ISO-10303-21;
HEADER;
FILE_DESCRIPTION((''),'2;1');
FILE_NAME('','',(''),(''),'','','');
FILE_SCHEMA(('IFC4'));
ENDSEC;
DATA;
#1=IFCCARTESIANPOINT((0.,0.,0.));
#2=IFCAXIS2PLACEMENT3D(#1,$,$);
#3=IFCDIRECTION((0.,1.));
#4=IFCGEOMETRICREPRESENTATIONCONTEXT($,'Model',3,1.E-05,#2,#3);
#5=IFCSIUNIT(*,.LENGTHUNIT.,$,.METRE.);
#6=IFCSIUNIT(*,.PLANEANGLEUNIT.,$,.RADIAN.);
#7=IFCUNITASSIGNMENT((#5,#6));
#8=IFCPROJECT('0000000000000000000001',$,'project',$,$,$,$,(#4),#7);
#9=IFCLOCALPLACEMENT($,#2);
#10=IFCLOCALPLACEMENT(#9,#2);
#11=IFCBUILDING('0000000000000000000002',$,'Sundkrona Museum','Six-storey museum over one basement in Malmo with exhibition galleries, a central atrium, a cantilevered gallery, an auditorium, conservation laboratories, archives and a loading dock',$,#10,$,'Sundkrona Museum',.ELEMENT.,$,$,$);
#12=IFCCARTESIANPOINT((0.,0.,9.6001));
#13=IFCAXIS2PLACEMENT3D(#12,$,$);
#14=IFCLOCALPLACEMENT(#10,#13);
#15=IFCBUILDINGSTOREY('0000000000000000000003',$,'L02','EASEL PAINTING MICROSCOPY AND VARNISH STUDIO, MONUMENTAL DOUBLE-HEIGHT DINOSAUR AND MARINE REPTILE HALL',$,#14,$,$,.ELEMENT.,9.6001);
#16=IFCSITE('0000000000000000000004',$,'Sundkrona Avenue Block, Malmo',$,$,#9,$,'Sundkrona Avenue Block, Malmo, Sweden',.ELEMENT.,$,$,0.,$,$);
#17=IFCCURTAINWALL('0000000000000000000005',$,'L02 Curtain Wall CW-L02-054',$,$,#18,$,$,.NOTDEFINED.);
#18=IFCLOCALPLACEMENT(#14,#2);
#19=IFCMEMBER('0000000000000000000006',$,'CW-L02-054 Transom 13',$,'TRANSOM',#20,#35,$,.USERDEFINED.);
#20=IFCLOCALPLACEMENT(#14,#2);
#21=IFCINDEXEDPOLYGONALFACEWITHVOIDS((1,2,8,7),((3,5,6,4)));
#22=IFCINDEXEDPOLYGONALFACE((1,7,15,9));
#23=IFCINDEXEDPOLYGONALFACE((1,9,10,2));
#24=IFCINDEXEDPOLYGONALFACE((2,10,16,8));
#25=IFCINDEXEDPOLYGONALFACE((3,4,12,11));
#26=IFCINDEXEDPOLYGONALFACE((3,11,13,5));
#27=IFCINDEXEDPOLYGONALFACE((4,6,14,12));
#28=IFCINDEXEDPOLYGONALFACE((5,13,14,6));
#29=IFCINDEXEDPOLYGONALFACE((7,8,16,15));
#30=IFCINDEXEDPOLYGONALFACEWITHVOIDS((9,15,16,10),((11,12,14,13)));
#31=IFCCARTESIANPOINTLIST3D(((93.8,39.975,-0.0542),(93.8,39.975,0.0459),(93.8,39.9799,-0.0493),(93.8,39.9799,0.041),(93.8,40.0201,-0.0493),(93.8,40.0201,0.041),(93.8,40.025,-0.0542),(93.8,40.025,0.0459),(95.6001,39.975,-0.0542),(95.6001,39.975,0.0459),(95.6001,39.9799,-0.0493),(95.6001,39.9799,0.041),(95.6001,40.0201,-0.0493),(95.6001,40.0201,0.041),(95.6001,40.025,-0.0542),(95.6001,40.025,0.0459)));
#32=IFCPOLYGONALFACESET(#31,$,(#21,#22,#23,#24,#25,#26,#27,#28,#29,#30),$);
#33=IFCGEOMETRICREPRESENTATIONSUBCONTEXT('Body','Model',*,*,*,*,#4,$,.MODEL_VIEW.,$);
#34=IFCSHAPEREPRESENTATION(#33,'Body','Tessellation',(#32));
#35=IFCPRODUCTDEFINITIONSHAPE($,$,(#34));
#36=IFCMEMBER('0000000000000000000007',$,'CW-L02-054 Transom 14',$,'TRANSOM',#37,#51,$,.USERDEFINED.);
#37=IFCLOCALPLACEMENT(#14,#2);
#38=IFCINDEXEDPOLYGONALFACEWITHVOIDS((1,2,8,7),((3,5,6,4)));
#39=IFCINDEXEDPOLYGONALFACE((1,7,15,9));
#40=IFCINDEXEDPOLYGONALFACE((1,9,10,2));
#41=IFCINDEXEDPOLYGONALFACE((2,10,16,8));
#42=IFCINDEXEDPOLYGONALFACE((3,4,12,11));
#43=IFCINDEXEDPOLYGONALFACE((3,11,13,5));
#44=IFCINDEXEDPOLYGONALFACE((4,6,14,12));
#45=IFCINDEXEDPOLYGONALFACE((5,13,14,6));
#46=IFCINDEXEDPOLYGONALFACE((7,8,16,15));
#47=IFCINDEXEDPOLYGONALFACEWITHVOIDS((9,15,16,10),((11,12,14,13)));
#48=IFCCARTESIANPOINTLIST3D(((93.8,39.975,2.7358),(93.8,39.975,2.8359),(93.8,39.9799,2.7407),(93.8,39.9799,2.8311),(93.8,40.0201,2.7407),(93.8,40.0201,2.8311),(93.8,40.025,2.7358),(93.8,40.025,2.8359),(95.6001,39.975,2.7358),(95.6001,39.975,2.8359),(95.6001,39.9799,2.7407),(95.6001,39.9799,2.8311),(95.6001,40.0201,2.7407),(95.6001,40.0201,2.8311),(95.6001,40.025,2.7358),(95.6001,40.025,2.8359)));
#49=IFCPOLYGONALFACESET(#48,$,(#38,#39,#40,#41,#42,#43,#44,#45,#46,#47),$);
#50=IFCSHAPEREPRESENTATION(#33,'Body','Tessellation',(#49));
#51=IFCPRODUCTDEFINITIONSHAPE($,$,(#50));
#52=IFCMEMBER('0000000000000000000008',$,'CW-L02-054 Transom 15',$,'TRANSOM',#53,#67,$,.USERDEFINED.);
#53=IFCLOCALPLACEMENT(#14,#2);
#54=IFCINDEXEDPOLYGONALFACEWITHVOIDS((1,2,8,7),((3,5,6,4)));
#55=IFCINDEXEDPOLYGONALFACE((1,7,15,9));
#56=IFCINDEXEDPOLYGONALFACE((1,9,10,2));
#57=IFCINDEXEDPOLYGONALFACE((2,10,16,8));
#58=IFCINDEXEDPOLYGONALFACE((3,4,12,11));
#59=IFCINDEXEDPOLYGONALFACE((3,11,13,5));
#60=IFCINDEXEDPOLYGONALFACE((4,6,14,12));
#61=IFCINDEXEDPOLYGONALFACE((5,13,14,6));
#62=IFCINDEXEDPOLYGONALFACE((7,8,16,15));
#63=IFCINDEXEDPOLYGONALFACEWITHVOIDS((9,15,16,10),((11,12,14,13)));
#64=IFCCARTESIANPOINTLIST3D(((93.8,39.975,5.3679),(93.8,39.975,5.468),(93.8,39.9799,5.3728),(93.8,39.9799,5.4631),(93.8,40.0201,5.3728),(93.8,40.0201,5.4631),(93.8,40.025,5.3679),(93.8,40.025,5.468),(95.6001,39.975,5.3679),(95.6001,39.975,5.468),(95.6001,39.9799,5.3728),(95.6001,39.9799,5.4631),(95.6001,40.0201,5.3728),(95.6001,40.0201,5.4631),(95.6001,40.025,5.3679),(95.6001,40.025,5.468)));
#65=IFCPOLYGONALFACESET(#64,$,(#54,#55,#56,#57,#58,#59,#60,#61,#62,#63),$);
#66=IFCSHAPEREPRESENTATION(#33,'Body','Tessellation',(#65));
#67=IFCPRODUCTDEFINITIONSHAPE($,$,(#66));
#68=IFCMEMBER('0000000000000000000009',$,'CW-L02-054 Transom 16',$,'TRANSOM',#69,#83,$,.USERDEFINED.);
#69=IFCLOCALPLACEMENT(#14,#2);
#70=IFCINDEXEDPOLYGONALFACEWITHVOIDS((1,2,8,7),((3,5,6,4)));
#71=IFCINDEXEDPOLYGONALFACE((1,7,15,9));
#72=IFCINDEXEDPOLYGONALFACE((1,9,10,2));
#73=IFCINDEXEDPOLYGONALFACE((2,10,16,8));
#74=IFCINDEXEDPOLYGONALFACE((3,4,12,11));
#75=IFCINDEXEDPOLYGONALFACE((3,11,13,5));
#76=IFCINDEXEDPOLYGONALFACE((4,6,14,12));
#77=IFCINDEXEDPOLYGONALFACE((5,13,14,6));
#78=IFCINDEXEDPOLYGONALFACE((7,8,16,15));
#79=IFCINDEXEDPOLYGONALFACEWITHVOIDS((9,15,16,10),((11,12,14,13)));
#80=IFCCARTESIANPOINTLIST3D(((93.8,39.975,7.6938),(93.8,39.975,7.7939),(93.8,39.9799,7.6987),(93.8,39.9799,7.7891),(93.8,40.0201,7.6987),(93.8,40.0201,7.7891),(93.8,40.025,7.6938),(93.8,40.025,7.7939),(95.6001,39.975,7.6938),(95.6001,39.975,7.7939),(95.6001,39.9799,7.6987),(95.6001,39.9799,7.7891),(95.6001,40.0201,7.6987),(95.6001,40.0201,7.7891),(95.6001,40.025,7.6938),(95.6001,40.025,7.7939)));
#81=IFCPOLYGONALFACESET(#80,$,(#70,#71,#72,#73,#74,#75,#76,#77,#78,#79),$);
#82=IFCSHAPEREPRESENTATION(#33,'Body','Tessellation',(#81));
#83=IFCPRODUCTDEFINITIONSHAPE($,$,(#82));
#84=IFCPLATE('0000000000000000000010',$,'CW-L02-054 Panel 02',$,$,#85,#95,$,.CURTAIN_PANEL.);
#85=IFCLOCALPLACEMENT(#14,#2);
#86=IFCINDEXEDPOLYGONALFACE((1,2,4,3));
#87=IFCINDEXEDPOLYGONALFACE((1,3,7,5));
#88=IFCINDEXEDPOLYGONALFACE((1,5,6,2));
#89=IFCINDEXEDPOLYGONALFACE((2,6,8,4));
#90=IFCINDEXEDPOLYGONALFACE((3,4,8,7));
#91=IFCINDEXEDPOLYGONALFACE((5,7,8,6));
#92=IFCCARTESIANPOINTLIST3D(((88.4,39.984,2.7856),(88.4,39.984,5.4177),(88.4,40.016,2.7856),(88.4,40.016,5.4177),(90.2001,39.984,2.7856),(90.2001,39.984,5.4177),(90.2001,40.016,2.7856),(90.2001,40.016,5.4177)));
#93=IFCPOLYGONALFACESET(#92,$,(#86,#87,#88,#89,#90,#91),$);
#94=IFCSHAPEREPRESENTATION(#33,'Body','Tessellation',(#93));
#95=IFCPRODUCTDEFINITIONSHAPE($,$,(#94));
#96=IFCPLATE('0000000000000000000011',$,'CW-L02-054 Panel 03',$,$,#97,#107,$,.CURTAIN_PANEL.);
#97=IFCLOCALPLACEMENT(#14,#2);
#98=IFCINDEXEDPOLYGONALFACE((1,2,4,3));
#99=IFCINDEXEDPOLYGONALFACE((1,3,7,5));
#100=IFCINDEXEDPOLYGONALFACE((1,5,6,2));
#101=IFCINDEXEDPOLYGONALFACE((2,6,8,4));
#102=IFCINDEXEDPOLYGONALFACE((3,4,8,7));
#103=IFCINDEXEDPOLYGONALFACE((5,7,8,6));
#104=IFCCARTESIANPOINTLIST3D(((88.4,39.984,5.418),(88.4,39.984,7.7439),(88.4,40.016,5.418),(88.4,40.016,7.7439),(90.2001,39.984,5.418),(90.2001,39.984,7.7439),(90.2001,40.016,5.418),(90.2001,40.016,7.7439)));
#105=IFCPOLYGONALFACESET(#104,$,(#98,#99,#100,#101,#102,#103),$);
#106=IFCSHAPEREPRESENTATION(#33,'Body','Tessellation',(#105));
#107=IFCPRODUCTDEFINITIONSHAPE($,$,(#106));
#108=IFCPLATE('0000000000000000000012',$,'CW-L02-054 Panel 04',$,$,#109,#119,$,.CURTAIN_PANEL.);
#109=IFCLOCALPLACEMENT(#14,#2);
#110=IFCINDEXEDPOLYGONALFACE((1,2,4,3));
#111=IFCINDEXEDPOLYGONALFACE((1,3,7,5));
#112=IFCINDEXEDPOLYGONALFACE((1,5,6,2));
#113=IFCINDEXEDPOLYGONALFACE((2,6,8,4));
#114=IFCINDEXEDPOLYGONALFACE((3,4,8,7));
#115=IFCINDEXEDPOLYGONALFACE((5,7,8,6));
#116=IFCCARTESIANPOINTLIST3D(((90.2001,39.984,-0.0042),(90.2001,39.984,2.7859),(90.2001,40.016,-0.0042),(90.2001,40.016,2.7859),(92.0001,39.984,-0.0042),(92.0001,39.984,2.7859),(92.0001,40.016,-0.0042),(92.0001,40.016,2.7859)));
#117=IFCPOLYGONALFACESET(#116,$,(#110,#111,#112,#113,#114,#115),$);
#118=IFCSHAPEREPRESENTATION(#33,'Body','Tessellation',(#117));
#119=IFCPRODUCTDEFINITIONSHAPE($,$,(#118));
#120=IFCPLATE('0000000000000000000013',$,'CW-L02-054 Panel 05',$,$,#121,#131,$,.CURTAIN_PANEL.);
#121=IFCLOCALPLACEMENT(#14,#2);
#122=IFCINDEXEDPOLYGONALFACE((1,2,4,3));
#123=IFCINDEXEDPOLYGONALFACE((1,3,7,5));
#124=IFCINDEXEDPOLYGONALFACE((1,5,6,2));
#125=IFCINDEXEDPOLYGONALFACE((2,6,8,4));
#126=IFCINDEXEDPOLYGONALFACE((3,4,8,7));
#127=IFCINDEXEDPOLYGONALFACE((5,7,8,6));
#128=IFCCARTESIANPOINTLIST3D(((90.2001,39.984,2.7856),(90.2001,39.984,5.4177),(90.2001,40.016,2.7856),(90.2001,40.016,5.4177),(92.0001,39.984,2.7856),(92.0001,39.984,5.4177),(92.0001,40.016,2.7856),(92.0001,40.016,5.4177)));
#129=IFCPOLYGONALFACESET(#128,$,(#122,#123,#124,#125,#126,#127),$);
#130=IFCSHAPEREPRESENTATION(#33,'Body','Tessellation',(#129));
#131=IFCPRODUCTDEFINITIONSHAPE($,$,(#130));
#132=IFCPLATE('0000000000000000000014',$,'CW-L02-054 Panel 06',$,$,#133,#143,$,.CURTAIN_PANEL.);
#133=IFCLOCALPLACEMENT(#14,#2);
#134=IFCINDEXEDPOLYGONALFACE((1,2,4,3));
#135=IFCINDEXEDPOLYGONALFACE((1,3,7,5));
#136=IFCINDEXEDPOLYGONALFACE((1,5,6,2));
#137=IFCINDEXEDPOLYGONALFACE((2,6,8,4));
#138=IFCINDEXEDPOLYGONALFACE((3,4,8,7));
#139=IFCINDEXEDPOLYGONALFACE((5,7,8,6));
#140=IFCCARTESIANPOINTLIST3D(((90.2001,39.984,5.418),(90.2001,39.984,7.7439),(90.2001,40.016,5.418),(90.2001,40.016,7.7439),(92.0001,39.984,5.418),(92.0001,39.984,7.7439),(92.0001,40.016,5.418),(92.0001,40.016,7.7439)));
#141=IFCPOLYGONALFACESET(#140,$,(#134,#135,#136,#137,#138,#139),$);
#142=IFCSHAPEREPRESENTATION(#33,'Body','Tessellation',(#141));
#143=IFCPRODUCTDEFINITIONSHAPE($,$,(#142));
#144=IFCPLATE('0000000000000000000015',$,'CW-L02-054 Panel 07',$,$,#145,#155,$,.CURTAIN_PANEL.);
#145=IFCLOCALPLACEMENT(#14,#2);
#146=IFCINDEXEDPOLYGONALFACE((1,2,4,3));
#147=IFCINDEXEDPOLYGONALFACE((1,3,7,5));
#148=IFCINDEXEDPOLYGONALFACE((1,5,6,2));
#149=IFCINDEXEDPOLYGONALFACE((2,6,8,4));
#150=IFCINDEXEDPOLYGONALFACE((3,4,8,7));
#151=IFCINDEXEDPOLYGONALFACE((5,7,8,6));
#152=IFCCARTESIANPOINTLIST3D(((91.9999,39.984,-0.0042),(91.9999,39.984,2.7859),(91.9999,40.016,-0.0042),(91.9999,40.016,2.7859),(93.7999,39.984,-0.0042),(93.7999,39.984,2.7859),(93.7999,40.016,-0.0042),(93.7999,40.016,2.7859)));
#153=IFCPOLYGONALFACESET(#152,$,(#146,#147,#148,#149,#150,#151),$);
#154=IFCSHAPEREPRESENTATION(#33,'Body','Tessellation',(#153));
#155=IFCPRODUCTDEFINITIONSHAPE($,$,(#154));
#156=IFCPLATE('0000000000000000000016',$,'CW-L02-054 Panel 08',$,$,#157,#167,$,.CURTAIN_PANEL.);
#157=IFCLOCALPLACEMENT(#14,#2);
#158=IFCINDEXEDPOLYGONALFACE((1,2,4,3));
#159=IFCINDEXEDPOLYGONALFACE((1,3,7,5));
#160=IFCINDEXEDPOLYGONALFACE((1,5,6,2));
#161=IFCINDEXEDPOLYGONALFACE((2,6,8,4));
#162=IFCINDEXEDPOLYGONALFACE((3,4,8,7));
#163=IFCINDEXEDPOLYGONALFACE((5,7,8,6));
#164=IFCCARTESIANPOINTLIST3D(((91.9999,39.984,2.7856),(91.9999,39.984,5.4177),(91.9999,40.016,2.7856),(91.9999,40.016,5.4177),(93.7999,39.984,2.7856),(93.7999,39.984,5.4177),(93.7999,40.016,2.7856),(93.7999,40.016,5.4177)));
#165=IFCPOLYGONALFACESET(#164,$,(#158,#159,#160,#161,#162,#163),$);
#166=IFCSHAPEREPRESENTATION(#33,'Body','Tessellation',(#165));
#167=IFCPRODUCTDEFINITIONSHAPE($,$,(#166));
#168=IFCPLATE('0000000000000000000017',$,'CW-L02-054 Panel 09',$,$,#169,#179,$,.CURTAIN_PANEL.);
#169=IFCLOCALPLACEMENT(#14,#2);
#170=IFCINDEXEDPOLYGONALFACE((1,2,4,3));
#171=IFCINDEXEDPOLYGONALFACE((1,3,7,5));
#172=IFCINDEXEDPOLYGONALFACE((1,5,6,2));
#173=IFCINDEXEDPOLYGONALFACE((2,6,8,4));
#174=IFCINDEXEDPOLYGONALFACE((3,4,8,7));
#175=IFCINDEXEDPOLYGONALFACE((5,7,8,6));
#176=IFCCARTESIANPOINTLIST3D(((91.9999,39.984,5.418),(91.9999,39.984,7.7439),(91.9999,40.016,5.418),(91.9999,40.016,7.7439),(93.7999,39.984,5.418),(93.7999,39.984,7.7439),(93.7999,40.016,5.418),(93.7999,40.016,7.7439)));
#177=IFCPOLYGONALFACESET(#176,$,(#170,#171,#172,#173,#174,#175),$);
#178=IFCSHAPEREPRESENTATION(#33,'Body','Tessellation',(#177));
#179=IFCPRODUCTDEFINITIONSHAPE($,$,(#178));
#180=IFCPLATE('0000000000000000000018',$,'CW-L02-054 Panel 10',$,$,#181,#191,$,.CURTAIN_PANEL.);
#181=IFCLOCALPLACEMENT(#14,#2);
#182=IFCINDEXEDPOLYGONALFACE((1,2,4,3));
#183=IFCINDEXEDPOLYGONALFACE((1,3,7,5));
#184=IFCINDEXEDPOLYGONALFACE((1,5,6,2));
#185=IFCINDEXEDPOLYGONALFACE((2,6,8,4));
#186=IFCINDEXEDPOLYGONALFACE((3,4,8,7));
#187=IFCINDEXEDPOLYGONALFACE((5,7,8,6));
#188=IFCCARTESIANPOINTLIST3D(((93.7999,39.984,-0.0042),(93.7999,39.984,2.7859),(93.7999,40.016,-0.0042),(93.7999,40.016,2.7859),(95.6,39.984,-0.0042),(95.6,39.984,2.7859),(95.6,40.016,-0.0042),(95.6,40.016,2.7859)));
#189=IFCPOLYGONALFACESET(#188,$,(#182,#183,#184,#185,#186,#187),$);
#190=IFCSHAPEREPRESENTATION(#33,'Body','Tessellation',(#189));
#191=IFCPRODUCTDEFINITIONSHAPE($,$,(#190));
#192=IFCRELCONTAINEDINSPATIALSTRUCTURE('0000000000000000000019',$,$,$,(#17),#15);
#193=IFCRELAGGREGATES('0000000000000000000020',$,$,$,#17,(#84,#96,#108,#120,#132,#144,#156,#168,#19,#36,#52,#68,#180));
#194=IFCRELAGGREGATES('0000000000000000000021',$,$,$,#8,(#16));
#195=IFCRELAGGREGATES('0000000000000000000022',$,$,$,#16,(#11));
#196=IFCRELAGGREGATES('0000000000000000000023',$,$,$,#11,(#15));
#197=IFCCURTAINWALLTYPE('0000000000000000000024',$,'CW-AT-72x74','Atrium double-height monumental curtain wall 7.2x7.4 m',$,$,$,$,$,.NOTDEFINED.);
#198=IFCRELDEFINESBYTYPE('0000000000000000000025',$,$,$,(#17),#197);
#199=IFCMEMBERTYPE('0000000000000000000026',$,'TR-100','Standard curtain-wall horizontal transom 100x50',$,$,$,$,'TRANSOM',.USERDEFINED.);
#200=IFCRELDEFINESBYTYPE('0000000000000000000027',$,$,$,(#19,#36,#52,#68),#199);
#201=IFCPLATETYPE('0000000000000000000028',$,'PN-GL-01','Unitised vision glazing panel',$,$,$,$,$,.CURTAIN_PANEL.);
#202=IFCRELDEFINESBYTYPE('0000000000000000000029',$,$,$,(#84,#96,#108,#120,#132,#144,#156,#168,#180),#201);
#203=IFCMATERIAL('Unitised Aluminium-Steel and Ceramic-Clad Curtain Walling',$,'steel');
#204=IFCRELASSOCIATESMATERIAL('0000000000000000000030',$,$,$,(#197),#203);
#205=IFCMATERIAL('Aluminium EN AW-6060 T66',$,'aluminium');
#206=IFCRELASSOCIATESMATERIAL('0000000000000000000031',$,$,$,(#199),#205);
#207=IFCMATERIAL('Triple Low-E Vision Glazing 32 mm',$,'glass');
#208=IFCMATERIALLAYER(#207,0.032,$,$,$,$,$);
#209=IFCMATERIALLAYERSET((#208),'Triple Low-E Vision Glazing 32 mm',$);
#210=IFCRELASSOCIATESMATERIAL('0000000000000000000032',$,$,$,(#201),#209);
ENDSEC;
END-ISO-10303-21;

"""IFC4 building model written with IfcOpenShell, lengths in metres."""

from ifc_helpers import new_model, si_unit, direction, frame, origin, origin_2d, place, context, subcontext, project, spatial, rectangle, hollow_rectangle, extrude, material, layer, layer_set, material_profile, profile_set, type_object, element, aggregate, save


model = new_model("IFC4")

# Units and contexts
model_context = context("Model", 3, precision=1e-05, world=origin(), true_north=direction((0.0, 1.0)))
body_context = subcontext(model_context, "Body", "Model", "MODEL_VIEW")
ifc_project = project(units=[si_unit("LENGTHUNIT", "METRE"), si_unit("PLANEANGLEUNIT", "RADIAN")], contexts=[model_context])

# Site, building, storey
site_placement = place(None, origin())
site = spatial("IfcSite", under=ifc_project, at=site_placement, Name="Sundkrona Avenue Block, Malmo", LongName="Sundkrona Avenue Block, Malmo, Sweden", CompositionType="ELEMENT", RefElevation=0.0)
building_placement = place(site_placement, origin())
building = spatial("IfcBuilding", under=site, at=building_placement, Name="Sundkrona Museum", Description="Six-storey museum over one basement in Malmo with exhibition galleries, a central atrium, a cantilevered gallery, an auditorium, conservation laboratories, archives and a loading dock", LongName="Sundkrona Museum", CompositionType="ELEMENT")
storey_placement = place(building_placement, frame((0.0, 0.0, 9.6001)))
storey = spatial("IfcBuildingStorey", under=building, at=storey_placement, Name="L02", Description="EASEL PAINTING MICROSCOPY AND VARNISH STUDIO, MONUMENTAL DOUBLE-HEIGHT DINOSAUR AND MARINE REPTILE HALL", CompositionType="ELEMENT", Elevation=9.6001)

# Curtain wall, members, plates
ifc_material_1 = material(Name="Unitised Aluminium-Steel and Ceramic-Clad Curtain Walling", Category="steel")
curtain_wall_type = type_object("IfcCurtainWallType", Name="CW-AT-72x74", Description="Atrium double-height monumental curtain wall 7.2x7.4 m", PredefinedType="NOTDEFINED", material=ifc_material_1)
curtain_wall_placement = place(storey_placement, origin())
curtain_wall = element("IfcCurtainWall", 1, at=curtain_wall_placement, inside=storey, type_object=curtain_wall_type, Name="L02 Curtain Wall CW-L02-054", PredefinedType="NOTDEFINED")
ifc_material_2 = material(Name="Aluminium EN AW-6060 T66", Category="aluminium")
ifc_material_profile_1 = material_profile(ifc_material_2, hollow_rectangle(XDim=0.05, YDim=0.1001, WallThickness=0.0049, at=origin_2d()), Name="RHS 100x50x5.0")
ifc_profile_set_1 = profile_set([ifc_material_profile_1], Name="Aluminium EN AW-6060 T66")
member_type_1 = type_object("IfcMemberType", Name="TR-100", Description="Standard curtain-wall horizontal transom 100x50", ElementType="TRANSOM", PredefinedType="USERDEFINED", material=ifc_profile_set_1)
member_1_placement = place(storey_placement, frame((93.8, 40.0, -0.0042), z_axis=(1.0, 0.0, 0.0), x_axis=(0.0, 1.0, 0.0)))
member_1 = element("IfcMember", 2, at=member_1_placement, type_object=member_type_1, Name="CW-L02-054 Transom 13", ObjectType="TRANSOM", PredefinedType="USERDEFINED", context=body_context, shape_type="SweptSolid", body=[
    extrude(hollow_rectangle(XDim=0.05, YDim=0.1001, WallThickness=0.0049, at=origin_2d()), origin(), (0.0, 0.0, 1.0), 1.8),
])
member_2_placement = place(storey_placement, frame((93.8, 40.0, 2.7859), z_axis=(1.0, 0.0, 0.0), x_axis=(0.0, 1.0, 0.0)))
member_2 = element("IfcMember", 3, at=member_2_placement, type_object=member_type_1, Name="CW-L02-054 Transom 14", ObjectType="TRANSOM", PredefinedType="USERDEFINED", context=body_context, shape_type="SweptSolid", body=[
    extrude(hollow_rectangle(XDim=0.05, YDim=0.1001, WallThickness=0.0049, at=origin_2d()), origin(), (0.0, 0.0, 1.0), 1.8),
])
member_3_placement = place(storey_placement, frame((93.8, 40.0, 5.418), z_axis=(1.0, 0.0, 0.0), x_axis=(0.0, 1.0, 0.0)))
member_3 = element("IfcMember", 4, at=member_3_placement, type_object=member_type_1, Name="CW-L02-054 Transom 15", ObjectType="TRANSOM", PredefinedType="USERDEFINED", context=body_context, shape_type="SweptSolid", body=[
    extrude(hollow_rectangle(XDim=0.05, YDim=0.1001, WallThickness=0.0049, at=origin_2d()), origin(), (0.0, 0.0, 1.0), 1.8),
])
member_4_placement = place(storey_placement, frame((93.8, 40.0, 7.7439), z_axis=(1.0, 0.0, 0.0), x_axis=(0.0, 1.0, 0.0)))
member_4 = element("IfcMember", 5, at=member_4_placement, type_object=member_type_1, Name="CW-L02-054 Transom 16", ObjectType="TRANSOM", PredefinedType="USERDEFINED", context=body_context, shape_type="SweptSolid", body=[
    extrude(hollow_rectangle(XDim=0.05, YDim=0.1001, WallThickness=0.0049, at=origin_2d()), origin(), (0.0, 0.0, 1.0), 1.8),
])
ifc_material_3 = material(Name="Triple Low-E Vision Glazing 32 mm", Category="glass")
ifc_layer = layer(ifc_material_3, 0.032)
ifc_layer_set = layer_set([ifc_layer], Name="Triple Low-E Vision Glazing 32 mm")
plate_type = type_object("IfcPlateType", Name="PN-GL-01", Description="Unitised vision glazing panel", PredefinedType="CURTAIN_PANEL", material=ifc_layer_set)
plate_1_placement = place(storey_placement, frame((89.3, 40.0, 2.7856), z_axis=(0.0, 0.0, 1.0), x_axis=(1.0, 0.0, 0.0)))
plate_1 = element("IfcPlate", 6, at=plate_1_placement, type_object=plate_type, Name="CW-L02-054 Panel 02", PredefinedType="CURTAIN_PANEL", context=body_context, shape_type="SweptSolid", body=[
    extrude(rectangle(XDim=1.8, YDim=0.032, at=origin_2d()), origin(), (0.0, 0.0, 1.0), 2.6321),
])
plate_2_placement = place(storey_placement, frame((89.3, 40.0, 5.418), z_axis=(0.0, 0.0, 1.0), x_axis=(1.0, 0.0, 0.0)))
plate_2 = element("IfcPlate", 7, at=plate_2_placement, type_object=plate_type, Name="CW-L02-054 Panel 03", PredefinedType="CURTAIN_PANEL", context=body_context, shape_type="SweptSolid", body=[
    extrude(rectangle(XDim=1.8, YDim=0.032, at=origin_2d()), origin(), (0.0, 0.0, 1.0), 2.3259),
])
plate_3_placement = place(storey_placement, frame((91.1001, 40.0, -0.0042), z_axis=(0.0, 0.0, 1.0), x_axis=(1.0, 0.0, 0.0)))
plate_3 = element("IfcPlate", 8, at=plate_3_placement, type_object=plate_type, Name="CW-L02-054 Panel 04", PredefinedType="CURTAIN_PANEL", context=body_context, shape_type="SweptSolid", body=[
    extrude(rectangle(XDim=1.8, YDim=0.032, at=origin_2d()), origin(), (0.0, 0.0, 1.0), 2.79),
])
plate_4_placement = place(storey_placement, frame((91.1001, 40.0, 2.7856), z_axis=(0.0, 0.0, 1.0), x_axis=(1.0, 0.0, 0.0)))
plate_4 = element("IfcPlate", 9, at=plate_4_placement, type_object=plate_type, Name="CW-L02-054 Panel 05", PredefinedType="CURTAIN_PANEL", context=body_context, shape_type="SweptSolid", body=[
    extrude(rectangle(XDim=1.8, YDim=0.032, at=origin_2d()), origin(), (0.0, 0.0, 1.0), 2.6321),
])
plate_5_placement = place(storey_placement, frame((91.1001, 40.0, 5.418), z_axis=(0.0, 0.0, 1.0), x_axis=(1.0, 0.0, 0.0)))
plate_5 = element("IfcPlate", 10, at=plate_5_placement, type_object=plate_type, Name="CW-L02-054 Panel 06", PredefinedType="CURTAIN_PANEL", context=body_context, shape_type="SweptSolid", body=[
    extrude(rectangle(XDim=1.8, YDim=0.032, at=origin_2d()), origin(), (0.0, 0.0, 1.0), 2.3259),
])
plate_6_placement = place(storey_placement, frame((92.8999, 40.0, -0.0042), z_axis=(0.0, 0.0, 1.0), x_axis=(1.0, 0.0, 0.0)))
plate_6 = element("IfcPlate", 11, at=plate_6_placement, type_object=plate_type, Name="CW-L02-054 Panel 07", PredefinedType="CURTAIN_PANEL", context=body_context, shape_type="SweptSolid", body=[
    extrude(rectangle(XDim=1.8, YDim=0.032, at=origin_2d()), origin(), (0.0, 0.0, 1.0), 2.79),
])
plate_7_placement = place(storey_placement, frame((92.8999, 40.0, 2.7856), z_axis=(0.0, 0.0, 1.0), x_axis=(1.0, 0.0, 0.0)))
plate_7 = element("IfcPlate", 12, at=plate_7_placement, type_object=plate_type, Name="CW-L02-054 Panel 08", PredefinedType="CURTAIN_PANEL", context=body_context, shape_type="SweptSolid", body=[
    extrude(rectangle(XDim=1.8, YDim=0.032, at=origin_2d()), origin(), (0.0, 0.0, 1.0), 2.6321),
])
plate_8_placement = place(storey_placement, frame((92.8999, 40.0, 5.418), z_axis=(0.0, 0.0, 1.0), x_axis=(1.0, 0.0, 0.0)))
plate_8 = element("IfcPlate", 13, at=plate_8_placement, type_object=plate_type, Name="CW-L02-054 Panel 09", PredefinedType="CURTAIN_PANEL", context=body_context, shape_type="SweptSolid", body=[
    extrude(rectangle(XDim=1.8, YDim=0.032, at=origin_2d()), origin(), (0.0, 0.0, 1.0), 2.3259),
])
plate_9_placement = place(storey_placement, frame((94.7, 40.0, -0.0042), z_axis=(0.0, 0.0, 1.0), x_axis=(1.0, 0.0, 0.0)))
plate_9 = element("IfcPlate", 14, at=plate_9_placement, type_object=plate_type, Name="CW-L02-054 Panel 10", PredefinedType="CURTAIN_PANEL", context=body_context, shape_type="SweptSolid", body=[
    extrude(rectangle(XDim=1.8, YDim=0.032, at=origin_2d()), origin(), (0.0, 0.0, 1.0), 2.79),
])
aggregate(curtain_wall, [plate_1, plate_2, plate_3, plate_4, plate_5, plate_6, plate_7, plate_8, member_1, member_2, member_3, member_4, plate_9])

save(model, "model.ifc")
